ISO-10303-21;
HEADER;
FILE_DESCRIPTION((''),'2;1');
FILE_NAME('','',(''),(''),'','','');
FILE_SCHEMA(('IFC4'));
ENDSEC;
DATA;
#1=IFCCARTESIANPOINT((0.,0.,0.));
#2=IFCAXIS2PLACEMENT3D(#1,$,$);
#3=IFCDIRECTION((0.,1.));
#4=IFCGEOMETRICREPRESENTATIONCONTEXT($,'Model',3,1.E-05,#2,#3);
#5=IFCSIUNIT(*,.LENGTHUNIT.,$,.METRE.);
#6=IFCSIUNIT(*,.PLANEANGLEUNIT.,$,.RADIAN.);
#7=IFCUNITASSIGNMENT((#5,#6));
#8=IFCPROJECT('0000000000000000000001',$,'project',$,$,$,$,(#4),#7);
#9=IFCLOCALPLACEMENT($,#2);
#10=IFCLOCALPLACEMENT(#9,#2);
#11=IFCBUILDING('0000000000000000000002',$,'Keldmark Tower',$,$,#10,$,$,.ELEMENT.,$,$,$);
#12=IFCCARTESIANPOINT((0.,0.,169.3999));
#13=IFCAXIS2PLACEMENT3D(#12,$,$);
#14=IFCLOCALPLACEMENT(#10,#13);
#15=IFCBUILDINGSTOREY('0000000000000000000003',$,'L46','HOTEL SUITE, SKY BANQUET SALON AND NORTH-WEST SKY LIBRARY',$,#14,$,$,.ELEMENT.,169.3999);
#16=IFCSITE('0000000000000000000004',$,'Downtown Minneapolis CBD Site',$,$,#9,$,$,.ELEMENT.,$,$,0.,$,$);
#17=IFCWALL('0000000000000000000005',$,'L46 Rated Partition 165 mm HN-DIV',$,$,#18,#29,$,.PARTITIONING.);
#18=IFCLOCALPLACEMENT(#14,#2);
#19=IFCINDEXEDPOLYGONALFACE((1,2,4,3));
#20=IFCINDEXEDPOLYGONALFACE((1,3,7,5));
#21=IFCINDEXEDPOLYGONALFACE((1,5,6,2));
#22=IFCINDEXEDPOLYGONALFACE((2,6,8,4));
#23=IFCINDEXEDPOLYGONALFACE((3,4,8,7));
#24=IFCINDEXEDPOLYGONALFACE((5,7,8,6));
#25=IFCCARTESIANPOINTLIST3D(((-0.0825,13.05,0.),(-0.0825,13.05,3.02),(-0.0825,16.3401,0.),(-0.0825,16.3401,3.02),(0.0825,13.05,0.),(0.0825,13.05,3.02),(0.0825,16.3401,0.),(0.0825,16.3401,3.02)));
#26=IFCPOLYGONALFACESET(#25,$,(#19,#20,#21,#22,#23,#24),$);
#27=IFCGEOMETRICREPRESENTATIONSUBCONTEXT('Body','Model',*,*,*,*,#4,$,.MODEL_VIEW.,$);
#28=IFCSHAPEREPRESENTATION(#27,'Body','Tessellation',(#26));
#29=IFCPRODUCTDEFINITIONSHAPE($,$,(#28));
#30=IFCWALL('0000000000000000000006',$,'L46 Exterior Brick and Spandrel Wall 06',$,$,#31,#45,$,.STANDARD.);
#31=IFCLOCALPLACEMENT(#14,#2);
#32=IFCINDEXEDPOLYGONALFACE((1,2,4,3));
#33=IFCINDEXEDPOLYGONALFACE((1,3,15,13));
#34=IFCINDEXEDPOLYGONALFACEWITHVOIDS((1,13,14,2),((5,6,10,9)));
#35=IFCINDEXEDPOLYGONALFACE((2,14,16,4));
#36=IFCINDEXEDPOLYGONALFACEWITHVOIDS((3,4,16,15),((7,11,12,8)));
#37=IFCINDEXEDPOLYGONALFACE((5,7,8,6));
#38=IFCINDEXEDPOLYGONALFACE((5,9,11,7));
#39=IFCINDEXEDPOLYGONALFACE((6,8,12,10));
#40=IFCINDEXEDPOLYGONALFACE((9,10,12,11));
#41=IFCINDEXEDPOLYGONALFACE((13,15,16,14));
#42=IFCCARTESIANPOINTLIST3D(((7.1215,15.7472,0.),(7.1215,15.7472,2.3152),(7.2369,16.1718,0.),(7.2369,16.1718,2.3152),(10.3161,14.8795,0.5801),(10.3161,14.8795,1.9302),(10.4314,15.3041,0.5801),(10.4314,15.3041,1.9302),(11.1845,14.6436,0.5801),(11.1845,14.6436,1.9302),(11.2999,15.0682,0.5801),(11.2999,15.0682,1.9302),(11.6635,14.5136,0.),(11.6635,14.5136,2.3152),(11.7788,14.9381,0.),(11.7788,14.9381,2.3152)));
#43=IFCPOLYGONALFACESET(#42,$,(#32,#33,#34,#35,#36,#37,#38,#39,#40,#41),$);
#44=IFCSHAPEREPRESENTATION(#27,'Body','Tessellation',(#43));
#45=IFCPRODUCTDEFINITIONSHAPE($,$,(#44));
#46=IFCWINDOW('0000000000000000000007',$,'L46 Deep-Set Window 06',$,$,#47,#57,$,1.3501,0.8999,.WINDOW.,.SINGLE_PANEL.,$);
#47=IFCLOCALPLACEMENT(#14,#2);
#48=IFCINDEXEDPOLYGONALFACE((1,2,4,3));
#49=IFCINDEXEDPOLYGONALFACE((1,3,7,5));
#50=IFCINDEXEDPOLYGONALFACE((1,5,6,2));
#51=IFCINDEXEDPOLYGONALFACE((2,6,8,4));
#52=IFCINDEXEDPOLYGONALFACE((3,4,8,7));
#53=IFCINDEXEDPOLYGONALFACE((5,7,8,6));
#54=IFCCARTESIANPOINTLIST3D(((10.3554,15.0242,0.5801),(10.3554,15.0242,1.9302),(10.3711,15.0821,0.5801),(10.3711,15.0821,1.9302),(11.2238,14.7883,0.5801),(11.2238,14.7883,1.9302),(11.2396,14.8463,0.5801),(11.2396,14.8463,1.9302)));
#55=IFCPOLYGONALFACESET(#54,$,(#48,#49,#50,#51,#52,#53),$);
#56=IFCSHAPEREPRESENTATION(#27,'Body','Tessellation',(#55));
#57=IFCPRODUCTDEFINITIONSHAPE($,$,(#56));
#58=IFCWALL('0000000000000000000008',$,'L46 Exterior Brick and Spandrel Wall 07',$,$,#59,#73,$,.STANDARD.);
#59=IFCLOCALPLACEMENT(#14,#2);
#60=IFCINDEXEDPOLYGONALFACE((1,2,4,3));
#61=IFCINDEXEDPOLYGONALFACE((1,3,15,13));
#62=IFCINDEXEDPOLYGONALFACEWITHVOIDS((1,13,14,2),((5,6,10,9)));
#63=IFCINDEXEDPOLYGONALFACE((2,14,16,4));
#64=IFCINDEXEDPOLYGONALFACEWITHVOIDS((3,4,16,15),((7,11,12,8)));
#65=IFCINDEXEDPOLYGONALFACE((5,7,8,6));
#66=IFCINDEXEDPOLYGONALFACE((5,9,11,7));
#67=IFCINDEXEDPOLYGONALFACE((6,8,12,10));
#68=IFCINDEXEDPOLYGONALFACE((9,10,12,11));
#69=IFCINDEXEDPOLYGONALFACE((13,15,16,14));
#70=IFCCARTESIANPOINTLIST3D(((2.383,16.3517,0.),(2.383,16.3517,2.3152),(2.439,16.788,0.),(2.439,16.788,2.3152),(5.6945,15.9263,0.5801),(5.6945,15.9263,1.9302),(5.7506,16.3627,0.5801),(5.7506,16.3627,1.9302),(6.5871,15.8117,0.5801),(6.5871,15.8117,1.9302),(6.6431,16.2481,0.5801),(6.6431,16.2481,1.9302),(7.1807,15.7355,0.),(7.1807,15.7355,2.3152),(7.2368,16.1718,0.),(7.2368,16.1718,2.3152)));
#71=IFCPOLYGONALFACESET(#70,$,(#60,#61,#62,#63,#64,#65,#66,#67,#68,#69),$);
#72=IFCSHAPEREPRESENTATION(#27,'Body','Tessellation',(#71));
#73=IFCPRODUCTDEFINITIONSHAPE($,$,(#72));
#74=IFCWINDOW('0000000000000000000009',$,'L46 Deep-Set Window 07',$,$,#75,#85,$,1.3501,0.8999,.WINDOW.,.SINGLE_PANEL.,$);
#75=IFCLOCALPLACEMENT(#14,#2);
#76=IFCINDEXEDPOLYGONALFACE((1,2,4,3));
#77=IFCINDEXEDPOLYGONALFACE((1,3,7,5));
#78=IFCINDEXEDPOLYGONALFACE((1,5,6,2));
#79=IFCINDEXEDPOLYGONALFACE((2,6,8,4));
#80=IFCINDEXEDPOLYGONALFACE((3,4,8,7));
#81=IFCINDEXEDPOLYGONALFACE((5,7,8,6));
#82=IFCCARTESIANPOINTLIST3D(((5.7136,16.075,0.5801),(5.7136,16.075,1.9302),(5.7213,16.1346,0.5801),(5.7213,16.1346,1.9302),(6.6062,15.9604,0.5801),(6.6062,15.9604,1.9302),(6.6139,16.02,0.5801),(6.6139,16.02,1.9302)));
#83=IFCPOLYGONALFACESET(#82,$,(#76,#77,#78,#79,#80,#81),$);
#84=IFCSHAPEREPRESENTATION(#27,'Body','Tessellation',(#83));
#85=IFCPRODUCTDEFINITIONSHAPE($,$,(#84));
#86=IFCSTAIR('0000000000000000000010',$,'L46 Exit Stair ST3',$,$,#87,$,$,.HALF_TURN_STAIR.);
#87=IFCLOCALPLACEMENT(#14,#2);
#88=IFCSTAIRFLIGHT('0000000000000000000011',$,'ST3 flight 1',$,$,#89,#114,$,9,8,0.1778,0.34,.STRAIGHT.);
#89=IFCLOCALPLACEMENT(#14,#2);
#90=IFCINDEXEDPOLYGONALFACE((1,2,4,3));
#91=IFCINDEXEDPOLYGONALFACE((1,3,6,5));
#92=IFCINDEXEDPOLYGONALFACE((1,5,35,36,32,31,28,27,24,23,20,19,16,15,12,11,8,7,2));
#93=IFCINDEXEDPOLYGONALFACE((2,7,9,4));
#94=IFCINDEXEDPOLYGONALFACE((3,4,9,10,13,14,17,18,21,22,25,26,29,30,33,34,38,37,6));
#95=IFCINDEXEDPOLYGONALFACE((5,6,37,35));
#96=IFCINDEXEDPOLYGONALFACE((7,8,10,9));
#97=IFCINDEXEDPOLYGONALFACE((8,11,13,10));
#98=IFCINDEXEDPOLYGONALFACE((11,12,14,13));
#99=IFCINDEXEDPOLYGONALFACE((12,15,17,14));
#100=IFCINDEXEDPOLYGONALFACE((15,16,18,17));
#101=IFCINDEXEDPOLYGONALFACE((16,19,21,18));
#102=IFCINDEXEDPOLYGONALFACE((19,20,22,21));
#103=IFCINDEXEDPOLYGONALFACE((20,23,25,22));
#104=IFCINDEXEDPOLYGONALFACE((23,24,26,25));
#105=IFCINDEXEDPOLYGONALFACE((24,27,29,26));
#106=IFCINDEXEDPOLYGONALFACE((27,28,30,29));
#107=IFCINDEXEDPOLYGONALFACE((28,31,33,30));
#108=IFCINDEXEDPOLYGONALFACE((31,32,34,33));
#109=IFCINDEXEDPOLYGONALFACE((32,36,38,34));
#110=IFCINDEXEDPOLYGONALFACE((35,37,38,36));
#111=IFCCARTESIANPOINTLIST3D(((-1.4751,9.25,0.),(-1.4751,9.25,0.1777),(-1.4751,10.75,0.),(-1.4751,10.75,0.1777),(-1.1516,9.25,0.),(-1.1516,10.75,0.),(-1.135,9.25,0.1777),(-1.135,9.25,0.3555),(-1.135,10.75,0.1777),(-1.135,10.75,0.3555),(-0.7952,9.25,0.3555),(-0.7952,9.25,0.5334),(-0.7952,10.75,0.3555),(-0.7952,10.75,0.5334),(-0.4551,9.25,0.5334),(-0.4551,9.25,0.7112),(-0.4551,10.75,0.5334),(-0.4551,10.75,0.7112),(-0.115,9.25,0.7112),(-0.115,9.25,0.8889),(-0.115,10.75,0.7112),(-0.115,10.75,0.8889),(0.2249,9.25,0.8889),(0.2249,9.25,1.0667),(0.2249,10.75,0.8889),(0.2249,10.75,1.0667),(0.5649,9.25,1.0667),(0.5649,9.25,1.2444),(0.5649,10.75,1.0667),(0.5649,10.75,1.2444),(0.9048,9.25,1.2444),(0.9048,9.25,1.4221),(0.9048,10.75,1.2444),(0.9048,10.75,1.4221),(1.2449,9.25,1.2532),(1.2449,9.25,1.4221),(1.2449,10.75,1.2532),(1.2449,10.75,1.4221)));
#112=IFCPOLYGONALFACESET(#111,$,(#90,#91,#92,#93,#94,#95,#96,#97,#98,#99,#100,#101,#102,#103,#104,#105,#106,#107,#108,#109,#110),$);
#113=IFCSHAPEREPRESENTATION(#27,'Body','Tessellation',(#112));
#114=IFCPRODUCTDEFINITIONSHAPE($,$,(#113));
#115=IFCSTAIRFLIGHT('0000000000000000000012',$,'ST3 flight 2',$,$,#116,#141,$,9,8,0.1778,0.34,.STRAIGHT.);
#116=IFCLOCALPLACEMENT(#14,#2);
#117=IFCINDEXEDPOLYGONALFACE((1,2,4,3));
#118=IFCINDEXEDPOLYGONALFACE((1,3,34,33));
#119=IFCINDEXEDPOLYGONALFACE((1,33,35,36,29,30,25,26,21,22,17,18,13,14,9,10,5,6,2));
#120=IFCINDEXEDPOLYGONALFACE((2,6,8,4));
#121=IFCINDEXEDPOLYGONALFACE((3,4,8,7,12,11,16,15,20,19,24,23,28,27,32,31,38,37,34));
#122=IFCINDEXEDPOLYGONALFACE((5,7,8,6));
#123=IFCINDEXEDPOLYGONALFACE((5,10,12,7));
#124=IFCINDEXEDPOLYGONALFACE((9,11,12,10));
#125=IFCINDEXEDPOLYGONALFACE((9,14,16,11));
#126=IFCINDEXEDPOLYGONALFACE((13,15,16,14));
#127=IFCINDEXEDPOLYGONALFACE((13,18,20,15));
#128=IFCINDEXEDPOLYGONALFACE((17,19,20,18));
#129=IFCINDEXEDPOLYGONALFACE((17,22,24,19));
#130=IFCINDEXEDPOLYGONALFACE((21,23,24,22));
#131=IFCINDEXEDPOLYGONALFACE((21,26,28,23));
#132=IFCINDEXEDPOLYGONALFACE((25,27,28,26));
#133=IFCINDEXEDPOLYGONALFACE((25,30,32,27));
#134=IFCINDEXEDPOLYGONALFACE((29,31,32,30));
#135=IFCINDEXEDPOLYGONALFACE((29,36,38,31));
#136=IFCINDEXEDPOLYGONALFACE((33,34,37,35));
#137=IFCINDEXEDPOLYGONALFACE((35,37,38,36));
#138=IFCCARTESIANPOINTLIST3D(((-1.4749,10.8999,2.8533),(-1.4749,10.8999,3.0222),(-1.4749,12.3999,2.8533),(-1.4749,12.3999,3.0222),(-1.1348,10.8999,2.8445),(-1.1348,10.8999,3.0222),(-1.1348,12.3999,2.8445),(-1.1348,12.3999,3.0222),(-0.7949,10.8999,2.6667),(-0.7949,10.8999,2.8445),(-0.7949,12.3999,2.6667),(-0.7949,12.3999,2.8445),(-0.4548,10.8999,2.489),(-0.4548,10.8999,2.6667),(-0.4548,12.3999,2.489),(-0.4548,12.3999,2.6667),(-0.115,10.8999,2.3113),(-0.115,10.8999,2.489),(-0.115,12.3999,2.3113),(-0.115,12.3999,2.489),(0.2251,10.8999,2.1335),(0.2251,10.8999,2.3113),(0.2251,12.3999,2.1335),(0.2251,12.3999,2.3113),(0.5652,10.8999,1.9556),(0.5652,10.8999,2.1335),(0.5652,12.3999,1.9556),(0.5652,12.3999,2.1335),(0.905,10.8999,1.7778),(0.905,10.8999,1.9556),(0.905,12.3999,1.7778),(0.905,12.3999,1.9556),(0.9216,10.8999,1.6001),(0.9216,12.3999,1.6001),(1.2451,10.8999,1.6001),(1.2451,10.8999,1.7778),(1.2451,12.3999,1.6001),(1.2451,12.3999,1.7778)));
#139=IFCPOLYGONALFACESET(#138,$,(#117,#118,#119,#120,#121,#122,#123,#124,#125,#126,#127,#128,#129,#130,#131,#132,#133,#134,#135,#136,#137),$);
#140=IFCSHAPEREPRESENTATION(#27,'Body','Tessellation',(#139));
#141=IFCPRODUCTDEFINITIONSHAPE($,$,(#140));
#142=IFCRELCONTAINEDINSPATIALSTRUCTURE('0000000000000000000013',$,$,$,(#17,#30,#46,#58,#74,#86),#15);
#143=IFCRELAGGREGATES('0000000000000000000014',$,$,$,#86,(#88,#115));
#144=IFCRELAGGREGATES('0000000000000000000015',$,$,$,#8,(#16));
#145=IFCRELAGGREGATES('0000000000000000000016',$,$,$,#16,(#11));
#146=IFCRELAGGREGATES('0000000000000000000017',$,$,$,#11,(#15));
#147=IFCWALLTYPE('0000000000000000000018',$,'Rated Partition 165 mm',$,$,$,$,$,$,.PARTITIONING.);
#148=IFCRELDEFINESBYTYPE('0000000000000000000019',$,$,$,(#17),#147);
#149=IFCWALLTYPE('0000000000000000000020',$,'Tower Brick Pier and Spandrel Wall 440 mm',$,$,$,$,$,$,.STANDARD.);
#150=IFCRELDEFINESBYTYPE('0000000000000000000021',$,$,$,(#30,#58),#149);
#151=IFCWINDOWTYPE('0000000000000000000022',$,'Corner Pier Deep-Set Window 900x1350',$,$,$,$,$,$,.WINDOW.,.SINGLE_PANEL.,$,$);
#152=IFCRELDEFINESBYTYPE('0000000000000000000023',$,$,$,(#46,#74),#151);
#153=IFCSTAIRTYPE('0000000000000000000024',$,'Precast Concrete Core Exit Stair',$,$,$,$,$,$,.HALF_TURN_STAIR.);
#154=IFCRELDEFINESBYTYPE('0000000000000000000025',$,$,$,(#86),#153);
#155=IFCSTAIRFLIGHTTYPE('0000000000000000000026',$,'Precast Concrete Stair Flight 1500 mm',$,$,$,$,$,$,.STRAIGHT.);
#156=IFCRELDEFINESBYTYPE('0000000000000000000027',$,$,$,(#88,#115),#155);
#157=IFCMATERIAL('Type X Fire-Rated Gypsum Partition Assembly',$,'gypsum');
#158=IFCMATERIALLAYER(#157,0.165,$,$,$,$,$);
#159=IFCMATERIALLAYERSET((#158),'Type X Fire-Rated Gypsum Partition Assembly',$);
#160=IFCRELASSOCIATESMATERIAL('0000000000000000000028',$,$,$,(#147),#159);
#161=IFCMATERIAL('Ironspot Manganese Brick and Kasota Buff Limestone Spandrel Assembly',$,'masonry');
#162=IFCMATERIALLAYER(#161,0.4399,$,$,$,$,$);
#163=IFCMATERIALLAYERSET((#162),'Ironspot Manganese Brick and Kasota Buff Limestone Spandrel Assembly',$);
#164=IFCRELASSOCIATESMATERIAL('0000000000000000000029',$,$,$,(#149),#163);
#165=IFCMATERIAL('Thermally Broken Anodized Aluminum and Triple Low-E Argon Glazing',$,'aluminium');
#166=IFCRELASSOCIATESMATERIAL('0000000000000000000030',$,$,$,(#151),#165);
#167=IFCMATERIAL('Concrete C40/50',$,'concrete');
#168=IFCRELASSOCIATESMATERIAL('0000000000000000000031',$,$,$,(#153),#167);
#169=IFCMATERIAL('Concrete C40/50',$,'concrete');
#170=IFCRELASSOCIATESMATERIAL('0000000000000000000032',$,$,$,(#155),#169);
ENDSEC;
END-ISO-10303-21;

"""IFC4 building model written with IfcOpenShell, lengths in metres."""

from ifc_helpers import new_model, si_unit, direction, frame, frame_2d, origin, place, context, subcontext, project, spatial, polyline, rectangle, outline, extrude, material, layer, layer_set, type_object, element, fill, aggregate, save


model = new_model("IFC4")

# Units and contexts
model_context = context("Model", 3, precision=1e-05, world=origin(), true_north=direction((0.0, 1.0)))
body_context = subcontext(model_context, "Body", "Model", "MODEL_VIEW")
ifc_project = project(units=[si_unit("LENGTHUNIT", "METRE"), si_unit("PLANEANGLEUNIT", "RADIAN")], contexts=[model_context])

# Site, building, storey
site_placement = place(None, origin())
site = spatial("IfcSite", under=ifc_project, at=site_placement, Name="Downtown Minneapolis CBD Site", CompositionType="ELEMENT", RefElevation=0.0)
building_placement = place(site_placement, origin())
building = spatial("IfcBuilding", under=site, at=building_placement, Name="Keldmark Tower", CompositionType="ELEMENT")
storey_placement = place(building_placement, frame((0.0, 0.0, 169.3999)))
storey = spatial("IfcBuildingStorey", under=building, at=storey_placement, Name="L46", Description="HOTEL SUITE, SKY BANQUET SALON AND NORTH-WEST SKY LIBRARY", CompositionType="ELEMENT", Elevation=169.3999)

# Wall
ifc_material_1 = material(Name="Type X Fire-Rated Gypsum Partition Assembly", Category="gypsum")
ifc_layer_1 = layer(ifc_material_1, 0.165)
ifc_layer_set_1 = layer_set([ifc_layer_1], Name="Type X Fire-Rated Gypsum Partition Assembly")
wall_type_1 = type_object("IfcWallType", Name="Rated Partition 165 mm", PredefinedType="PARTITIONING", material=ifc_layer_set_1)
wall_1_placement = place(storey_placement, frame((0.0, 13.05, 0.0), z_axis=(0.0, 0.0, 1.0), x_axis=(0.0, 1.0, 0.0)))
element("IfcWall", 1, at=wall_1_placement, inside=storey, type_object=wall_type_1, Name="L46 Rated Partition 165 mm HN-DIV", PredefinedType="PARTITIONING", context=body_context, shape_type="SweptSolid", body=[
    extrude(rectangle(XDim=3.29, YDim=0.165, at=frame_2d((1.645, 0.0))), origin(), (0.0, 0.0, 1.0), 3.02),
])

# Walls, openings, windows
ifc_material_2 = material(Name="Ironspot Manganese Brick and Kasota Buff Limestone Spandrel Assembly", Category="masonry")
ifc_layer_2 = layer(ifc_material_2, 0.4399)
ifc_layer_set_2 = layer_set([ifc_layer_2], Name="Ironspot Manganese Brick and Kasota Buff Limestone Spandrel Assembly")
wall_type_2 = type_object("IfcWallType", Name="Tower Brick Pier and Spandrel Wall 440 mm", PredefinedType="STANDARD", material=ifc_layer_set_2)
wall_2_placement = place(storey_placement, frame((7.1792, 15.9595, 0.0), z_axis=(0.0, 0.0, 1.0), x_axis=(0.965037, -0.262112, 0.0)))
wall_2 = element("IfcWall", 2, at=wall_2_placement, inside=storey, type_object=wall_type_2, Name="L46 Exterior Brick and Spandrel Wall 06", PredefinedType="STANDARD", context=body_context, shape_type="SweptSolid", body=[
    extrude(rectangle(XDim=4.7065, YDim=0.4399, at=frame_2d((2.3533, 0.0))), origin(), (0.0, 0.0, 1.0), 2.3152),
])
opening_1_placement = place(wall_2_placement, frame((3.3103, 0.0, 0.5801)))
opening_1 = element("IfcOpeningElement", 3, at=opening_1_placement, cuts=wall_2, PredefinedType="OPENING", context=body_context, shape_type="SweptSolid", body=[
    extrude(rectangle(XDim=0.8999, YDim=1.3501, at=frame_2d((0.45, 0.675))), frame((0.0, 0.23, 0.0), z_axis=(0.0, -1.0, 0.0), x_axis=(1.0, 0.0, 0.0)), (0.0, 0.0, 1.0), 0.46),
])
ifc_material_3 = material(Name="Thermally Broken Anodized Aluminum and Triple Low-E Argon Glazing", Category="aluminium")
window_type = type_object("IfcWindowType", Name="Corner Pier Deep-Set Window 900x1350", PartitioningType="SINGLE_PANEL", PredefinedType="WINDOW", material=ifc_material_3)
window_1_placement = place(opening_1_placement, origin())
window_1 = element("IfcWindow", 4, at=window_1_placement, inside=storey, type_object=window_type, Name="L46 Deep-Set Window 06", OverallHeight=1.3501, OverallWidth=0.8999, PartitioningType="SINGLE_PANEL", PredefinedType="WINDOW", context=body_context, shape_type="SweptSolid", body=[
    extrude(rectangle(XDim=0.8999, YDim=1.3501, at=frame_2d((0.45, 0.675))), frame((0.0, -0.01, 0.0), z_axis=(0.0, -1.0, 0.0), x_axis=(1.0, 0.0, 0.0)), (0.0, 0.0, 1.0), 0.0601),
])
fill(opening_1, window_1)
wall_3_placement = place(storey_placement, frame((2.4111, 16.5698, 0.0), z_axis=(0.0, 0.0, 1.0), x_axis=(0.991853, -0.127388, 0.0)))
wall_3 = element("IfcWall", 5, at=wall_3_placement, inside=storey, type_object=wall_type_2, Name="L46 Exterior Brick and Spandrel Wall 07", PredefinedType="STANDARD", context=body_context, shape_type="SweptSolid", body=[
    extrude(rectangle(XDim=4.8372, YDim=0.4399, at=frame_2d((2.4185, 0.0))), origin(), (0.0, 0.0, 1.0), 2.3152),
])
opening_2_placement = place(wall_3_placement, frame((3.3386, 0.0, 0.5801)))
opening_2 = element("IfcOpeningElement", 6, at=opening_2_placement, cuts=wall_3, PredefinedType="OPENING", context=body_context, shape_type="SweptSolid", body=[
    extrude(rectangle(XDim=0.8999, YDim=1.3501, at=frame_2d((0.45, 0.675))), frame((0.0, 0.23, 0.0), z_axis=(0.0, -1.0, 0.0), x_axis=(1.0, 0.0, 0.0)), (0.0, 0.0, 1.0), 0.46),
])
window_2_placement = place(opening_2_placement, origin())
window_2 = element("IfcWindow", 7, at=window_2_placement, inside=storey, type_object=window_type, Name="L46 Deep-Set Window 07", OverallHeight=1.3501, OverallWidth=0.8999, PartitioningType="SINGLE_PANEL", PredefinedType="WINDOW", context=body_context, shape_type="SweptSolid", body=[
    extrude(rectangle(XDim=0.8999, YDim=1.3501, at=frame_2d((0.45, 0.675))), frame((0.0, -0.01, 0.0), z_axis=(0.0, -1.0, 0.0), x_axis=(1.0, 0.0, 0.0)), (0.0, 0.0, 1.0), 0.0601),
])
fill(opening_2, window_2)

# Stair, stair flights
ifc_material_4 = material(Name="Concrete C40/50", Category="concrete")
stair_type = type_object("IfcStairType", Name="Precast Concrete Core Exit Stair", PredefinedType="HALF_TURN_STAIR", material=ifc_material_4)
stair_placement = place(storey_placement, origin())
stair = element("IfcStair", 8, at=stair_placement, inside=storey, type_object=stair_type, Name="L46 Exit Stair ST3", PredefinedType="HALF_TURN_STAIR")
ifc_material_5 = material(Name="Concrete C40/50", Category="concrete")
stair_flight_type = type_object("IfcStairFlightType", Name="Precast Concrete Stair Flight 1500 mm", PredefinedType="STRAIGHT", material=ifc_material_5)
stair_flight_1_placement = place(storey_placement, frame((-1.4751, 10.0, 0.0), z_axis=(0.0, 0.0, 1.0), x_axis=(1.0, 0.0, 0.0)))
stair_flight_1 = element("IfcStairFlight", 9, at=stair_flight_1_placement, type_object=stair_flight_type, Name="ST3 flight 1", NumberOfRisers=9, NumberOfTreads=8, PredefinedType="STRAIGHT", RiserHeight=0.1778, TreadLength=0.34, context=body_context, shape_type="SweptSolid", body=[
    extrude(outline(polyline([(0.0, 0.0), (0.0, 0.1777), (0.3401, 0.1777), (0.3401, 0.3555), (0.6799, 0.3555), (0.6799, 0.5334), (1.02, 0.5334), (1.02, 0.7112), (1.3601, 0.7112), (1.3601, 0.8889), (1.7, 0.8889), (1.7, 1.0667), (2.04, 1.0667), (2.04, 1.2444), (2.3799, 1.2444), (2.3799, 1.4221), (2.72, 1.4221), (2.72, 1.6001), (2.72, 1.2532), (0.3235, 0.0), (0.0, 0.0)])), frame((0.0, 0.75, 0.0), z_axis=(0.0, -1.0, 0.0), x_axis=(1.0, 0.0, 0.0)), (0.0, 0.0, 1.0), 1.5),
])
stair_flight_2_placement = place(storey_placement, frame((1.2451, 11.6499, 1.6001), z_axis=(0.0, 0.0, 1.0), x_axis=(-1.0, 0.0, 0.0)))
stair_flight_2 = element("IfcStairFlight", 10, at=stair_flight_2_placement, type_object=stair_flight_type, Name="ST3 flight 2", NumberOfRisers=9, NumberOfTreads=8, PredefinedType="STRAIGHT", RiserHeight=0.1778, TreadLength=0.34, context=body_context, shape_type="SweptSolid", body=[
    extrude(outline(polyline([(0.0, 0.0), (0.0, 0.1777), (0.3401, 0.1777), (0.3401, 0.3555), (0.6799, 0.3555), (0.6799, 0.5334), (1.02, 0.5334), (1.02, 0.7112), (1.3601, 0.7112), (1.3601, 0.8889), (1.7, 0.8889), (1.7, 1.0667), (2.04, 1.0667), (2.04, 1.2444), (2.3799, 1.2444), (2.3799, 1.4221), (2.72, 1.4221), (2.72, 1.6001), (2.72, 1.2532), (0.3235, 0.0), (0.0, 0.0)])), frame((0.0, 0.75, 0.0), z_axis=(0.0, -1.0, 0.0), x_axis=(1.0, 0.0, 0.0)), (0.0, 0.0, 1.0), 1.5),
])
aggregate(stair, [stair_flight_1, stair_flight_2])

save(model, "model.ifc")
